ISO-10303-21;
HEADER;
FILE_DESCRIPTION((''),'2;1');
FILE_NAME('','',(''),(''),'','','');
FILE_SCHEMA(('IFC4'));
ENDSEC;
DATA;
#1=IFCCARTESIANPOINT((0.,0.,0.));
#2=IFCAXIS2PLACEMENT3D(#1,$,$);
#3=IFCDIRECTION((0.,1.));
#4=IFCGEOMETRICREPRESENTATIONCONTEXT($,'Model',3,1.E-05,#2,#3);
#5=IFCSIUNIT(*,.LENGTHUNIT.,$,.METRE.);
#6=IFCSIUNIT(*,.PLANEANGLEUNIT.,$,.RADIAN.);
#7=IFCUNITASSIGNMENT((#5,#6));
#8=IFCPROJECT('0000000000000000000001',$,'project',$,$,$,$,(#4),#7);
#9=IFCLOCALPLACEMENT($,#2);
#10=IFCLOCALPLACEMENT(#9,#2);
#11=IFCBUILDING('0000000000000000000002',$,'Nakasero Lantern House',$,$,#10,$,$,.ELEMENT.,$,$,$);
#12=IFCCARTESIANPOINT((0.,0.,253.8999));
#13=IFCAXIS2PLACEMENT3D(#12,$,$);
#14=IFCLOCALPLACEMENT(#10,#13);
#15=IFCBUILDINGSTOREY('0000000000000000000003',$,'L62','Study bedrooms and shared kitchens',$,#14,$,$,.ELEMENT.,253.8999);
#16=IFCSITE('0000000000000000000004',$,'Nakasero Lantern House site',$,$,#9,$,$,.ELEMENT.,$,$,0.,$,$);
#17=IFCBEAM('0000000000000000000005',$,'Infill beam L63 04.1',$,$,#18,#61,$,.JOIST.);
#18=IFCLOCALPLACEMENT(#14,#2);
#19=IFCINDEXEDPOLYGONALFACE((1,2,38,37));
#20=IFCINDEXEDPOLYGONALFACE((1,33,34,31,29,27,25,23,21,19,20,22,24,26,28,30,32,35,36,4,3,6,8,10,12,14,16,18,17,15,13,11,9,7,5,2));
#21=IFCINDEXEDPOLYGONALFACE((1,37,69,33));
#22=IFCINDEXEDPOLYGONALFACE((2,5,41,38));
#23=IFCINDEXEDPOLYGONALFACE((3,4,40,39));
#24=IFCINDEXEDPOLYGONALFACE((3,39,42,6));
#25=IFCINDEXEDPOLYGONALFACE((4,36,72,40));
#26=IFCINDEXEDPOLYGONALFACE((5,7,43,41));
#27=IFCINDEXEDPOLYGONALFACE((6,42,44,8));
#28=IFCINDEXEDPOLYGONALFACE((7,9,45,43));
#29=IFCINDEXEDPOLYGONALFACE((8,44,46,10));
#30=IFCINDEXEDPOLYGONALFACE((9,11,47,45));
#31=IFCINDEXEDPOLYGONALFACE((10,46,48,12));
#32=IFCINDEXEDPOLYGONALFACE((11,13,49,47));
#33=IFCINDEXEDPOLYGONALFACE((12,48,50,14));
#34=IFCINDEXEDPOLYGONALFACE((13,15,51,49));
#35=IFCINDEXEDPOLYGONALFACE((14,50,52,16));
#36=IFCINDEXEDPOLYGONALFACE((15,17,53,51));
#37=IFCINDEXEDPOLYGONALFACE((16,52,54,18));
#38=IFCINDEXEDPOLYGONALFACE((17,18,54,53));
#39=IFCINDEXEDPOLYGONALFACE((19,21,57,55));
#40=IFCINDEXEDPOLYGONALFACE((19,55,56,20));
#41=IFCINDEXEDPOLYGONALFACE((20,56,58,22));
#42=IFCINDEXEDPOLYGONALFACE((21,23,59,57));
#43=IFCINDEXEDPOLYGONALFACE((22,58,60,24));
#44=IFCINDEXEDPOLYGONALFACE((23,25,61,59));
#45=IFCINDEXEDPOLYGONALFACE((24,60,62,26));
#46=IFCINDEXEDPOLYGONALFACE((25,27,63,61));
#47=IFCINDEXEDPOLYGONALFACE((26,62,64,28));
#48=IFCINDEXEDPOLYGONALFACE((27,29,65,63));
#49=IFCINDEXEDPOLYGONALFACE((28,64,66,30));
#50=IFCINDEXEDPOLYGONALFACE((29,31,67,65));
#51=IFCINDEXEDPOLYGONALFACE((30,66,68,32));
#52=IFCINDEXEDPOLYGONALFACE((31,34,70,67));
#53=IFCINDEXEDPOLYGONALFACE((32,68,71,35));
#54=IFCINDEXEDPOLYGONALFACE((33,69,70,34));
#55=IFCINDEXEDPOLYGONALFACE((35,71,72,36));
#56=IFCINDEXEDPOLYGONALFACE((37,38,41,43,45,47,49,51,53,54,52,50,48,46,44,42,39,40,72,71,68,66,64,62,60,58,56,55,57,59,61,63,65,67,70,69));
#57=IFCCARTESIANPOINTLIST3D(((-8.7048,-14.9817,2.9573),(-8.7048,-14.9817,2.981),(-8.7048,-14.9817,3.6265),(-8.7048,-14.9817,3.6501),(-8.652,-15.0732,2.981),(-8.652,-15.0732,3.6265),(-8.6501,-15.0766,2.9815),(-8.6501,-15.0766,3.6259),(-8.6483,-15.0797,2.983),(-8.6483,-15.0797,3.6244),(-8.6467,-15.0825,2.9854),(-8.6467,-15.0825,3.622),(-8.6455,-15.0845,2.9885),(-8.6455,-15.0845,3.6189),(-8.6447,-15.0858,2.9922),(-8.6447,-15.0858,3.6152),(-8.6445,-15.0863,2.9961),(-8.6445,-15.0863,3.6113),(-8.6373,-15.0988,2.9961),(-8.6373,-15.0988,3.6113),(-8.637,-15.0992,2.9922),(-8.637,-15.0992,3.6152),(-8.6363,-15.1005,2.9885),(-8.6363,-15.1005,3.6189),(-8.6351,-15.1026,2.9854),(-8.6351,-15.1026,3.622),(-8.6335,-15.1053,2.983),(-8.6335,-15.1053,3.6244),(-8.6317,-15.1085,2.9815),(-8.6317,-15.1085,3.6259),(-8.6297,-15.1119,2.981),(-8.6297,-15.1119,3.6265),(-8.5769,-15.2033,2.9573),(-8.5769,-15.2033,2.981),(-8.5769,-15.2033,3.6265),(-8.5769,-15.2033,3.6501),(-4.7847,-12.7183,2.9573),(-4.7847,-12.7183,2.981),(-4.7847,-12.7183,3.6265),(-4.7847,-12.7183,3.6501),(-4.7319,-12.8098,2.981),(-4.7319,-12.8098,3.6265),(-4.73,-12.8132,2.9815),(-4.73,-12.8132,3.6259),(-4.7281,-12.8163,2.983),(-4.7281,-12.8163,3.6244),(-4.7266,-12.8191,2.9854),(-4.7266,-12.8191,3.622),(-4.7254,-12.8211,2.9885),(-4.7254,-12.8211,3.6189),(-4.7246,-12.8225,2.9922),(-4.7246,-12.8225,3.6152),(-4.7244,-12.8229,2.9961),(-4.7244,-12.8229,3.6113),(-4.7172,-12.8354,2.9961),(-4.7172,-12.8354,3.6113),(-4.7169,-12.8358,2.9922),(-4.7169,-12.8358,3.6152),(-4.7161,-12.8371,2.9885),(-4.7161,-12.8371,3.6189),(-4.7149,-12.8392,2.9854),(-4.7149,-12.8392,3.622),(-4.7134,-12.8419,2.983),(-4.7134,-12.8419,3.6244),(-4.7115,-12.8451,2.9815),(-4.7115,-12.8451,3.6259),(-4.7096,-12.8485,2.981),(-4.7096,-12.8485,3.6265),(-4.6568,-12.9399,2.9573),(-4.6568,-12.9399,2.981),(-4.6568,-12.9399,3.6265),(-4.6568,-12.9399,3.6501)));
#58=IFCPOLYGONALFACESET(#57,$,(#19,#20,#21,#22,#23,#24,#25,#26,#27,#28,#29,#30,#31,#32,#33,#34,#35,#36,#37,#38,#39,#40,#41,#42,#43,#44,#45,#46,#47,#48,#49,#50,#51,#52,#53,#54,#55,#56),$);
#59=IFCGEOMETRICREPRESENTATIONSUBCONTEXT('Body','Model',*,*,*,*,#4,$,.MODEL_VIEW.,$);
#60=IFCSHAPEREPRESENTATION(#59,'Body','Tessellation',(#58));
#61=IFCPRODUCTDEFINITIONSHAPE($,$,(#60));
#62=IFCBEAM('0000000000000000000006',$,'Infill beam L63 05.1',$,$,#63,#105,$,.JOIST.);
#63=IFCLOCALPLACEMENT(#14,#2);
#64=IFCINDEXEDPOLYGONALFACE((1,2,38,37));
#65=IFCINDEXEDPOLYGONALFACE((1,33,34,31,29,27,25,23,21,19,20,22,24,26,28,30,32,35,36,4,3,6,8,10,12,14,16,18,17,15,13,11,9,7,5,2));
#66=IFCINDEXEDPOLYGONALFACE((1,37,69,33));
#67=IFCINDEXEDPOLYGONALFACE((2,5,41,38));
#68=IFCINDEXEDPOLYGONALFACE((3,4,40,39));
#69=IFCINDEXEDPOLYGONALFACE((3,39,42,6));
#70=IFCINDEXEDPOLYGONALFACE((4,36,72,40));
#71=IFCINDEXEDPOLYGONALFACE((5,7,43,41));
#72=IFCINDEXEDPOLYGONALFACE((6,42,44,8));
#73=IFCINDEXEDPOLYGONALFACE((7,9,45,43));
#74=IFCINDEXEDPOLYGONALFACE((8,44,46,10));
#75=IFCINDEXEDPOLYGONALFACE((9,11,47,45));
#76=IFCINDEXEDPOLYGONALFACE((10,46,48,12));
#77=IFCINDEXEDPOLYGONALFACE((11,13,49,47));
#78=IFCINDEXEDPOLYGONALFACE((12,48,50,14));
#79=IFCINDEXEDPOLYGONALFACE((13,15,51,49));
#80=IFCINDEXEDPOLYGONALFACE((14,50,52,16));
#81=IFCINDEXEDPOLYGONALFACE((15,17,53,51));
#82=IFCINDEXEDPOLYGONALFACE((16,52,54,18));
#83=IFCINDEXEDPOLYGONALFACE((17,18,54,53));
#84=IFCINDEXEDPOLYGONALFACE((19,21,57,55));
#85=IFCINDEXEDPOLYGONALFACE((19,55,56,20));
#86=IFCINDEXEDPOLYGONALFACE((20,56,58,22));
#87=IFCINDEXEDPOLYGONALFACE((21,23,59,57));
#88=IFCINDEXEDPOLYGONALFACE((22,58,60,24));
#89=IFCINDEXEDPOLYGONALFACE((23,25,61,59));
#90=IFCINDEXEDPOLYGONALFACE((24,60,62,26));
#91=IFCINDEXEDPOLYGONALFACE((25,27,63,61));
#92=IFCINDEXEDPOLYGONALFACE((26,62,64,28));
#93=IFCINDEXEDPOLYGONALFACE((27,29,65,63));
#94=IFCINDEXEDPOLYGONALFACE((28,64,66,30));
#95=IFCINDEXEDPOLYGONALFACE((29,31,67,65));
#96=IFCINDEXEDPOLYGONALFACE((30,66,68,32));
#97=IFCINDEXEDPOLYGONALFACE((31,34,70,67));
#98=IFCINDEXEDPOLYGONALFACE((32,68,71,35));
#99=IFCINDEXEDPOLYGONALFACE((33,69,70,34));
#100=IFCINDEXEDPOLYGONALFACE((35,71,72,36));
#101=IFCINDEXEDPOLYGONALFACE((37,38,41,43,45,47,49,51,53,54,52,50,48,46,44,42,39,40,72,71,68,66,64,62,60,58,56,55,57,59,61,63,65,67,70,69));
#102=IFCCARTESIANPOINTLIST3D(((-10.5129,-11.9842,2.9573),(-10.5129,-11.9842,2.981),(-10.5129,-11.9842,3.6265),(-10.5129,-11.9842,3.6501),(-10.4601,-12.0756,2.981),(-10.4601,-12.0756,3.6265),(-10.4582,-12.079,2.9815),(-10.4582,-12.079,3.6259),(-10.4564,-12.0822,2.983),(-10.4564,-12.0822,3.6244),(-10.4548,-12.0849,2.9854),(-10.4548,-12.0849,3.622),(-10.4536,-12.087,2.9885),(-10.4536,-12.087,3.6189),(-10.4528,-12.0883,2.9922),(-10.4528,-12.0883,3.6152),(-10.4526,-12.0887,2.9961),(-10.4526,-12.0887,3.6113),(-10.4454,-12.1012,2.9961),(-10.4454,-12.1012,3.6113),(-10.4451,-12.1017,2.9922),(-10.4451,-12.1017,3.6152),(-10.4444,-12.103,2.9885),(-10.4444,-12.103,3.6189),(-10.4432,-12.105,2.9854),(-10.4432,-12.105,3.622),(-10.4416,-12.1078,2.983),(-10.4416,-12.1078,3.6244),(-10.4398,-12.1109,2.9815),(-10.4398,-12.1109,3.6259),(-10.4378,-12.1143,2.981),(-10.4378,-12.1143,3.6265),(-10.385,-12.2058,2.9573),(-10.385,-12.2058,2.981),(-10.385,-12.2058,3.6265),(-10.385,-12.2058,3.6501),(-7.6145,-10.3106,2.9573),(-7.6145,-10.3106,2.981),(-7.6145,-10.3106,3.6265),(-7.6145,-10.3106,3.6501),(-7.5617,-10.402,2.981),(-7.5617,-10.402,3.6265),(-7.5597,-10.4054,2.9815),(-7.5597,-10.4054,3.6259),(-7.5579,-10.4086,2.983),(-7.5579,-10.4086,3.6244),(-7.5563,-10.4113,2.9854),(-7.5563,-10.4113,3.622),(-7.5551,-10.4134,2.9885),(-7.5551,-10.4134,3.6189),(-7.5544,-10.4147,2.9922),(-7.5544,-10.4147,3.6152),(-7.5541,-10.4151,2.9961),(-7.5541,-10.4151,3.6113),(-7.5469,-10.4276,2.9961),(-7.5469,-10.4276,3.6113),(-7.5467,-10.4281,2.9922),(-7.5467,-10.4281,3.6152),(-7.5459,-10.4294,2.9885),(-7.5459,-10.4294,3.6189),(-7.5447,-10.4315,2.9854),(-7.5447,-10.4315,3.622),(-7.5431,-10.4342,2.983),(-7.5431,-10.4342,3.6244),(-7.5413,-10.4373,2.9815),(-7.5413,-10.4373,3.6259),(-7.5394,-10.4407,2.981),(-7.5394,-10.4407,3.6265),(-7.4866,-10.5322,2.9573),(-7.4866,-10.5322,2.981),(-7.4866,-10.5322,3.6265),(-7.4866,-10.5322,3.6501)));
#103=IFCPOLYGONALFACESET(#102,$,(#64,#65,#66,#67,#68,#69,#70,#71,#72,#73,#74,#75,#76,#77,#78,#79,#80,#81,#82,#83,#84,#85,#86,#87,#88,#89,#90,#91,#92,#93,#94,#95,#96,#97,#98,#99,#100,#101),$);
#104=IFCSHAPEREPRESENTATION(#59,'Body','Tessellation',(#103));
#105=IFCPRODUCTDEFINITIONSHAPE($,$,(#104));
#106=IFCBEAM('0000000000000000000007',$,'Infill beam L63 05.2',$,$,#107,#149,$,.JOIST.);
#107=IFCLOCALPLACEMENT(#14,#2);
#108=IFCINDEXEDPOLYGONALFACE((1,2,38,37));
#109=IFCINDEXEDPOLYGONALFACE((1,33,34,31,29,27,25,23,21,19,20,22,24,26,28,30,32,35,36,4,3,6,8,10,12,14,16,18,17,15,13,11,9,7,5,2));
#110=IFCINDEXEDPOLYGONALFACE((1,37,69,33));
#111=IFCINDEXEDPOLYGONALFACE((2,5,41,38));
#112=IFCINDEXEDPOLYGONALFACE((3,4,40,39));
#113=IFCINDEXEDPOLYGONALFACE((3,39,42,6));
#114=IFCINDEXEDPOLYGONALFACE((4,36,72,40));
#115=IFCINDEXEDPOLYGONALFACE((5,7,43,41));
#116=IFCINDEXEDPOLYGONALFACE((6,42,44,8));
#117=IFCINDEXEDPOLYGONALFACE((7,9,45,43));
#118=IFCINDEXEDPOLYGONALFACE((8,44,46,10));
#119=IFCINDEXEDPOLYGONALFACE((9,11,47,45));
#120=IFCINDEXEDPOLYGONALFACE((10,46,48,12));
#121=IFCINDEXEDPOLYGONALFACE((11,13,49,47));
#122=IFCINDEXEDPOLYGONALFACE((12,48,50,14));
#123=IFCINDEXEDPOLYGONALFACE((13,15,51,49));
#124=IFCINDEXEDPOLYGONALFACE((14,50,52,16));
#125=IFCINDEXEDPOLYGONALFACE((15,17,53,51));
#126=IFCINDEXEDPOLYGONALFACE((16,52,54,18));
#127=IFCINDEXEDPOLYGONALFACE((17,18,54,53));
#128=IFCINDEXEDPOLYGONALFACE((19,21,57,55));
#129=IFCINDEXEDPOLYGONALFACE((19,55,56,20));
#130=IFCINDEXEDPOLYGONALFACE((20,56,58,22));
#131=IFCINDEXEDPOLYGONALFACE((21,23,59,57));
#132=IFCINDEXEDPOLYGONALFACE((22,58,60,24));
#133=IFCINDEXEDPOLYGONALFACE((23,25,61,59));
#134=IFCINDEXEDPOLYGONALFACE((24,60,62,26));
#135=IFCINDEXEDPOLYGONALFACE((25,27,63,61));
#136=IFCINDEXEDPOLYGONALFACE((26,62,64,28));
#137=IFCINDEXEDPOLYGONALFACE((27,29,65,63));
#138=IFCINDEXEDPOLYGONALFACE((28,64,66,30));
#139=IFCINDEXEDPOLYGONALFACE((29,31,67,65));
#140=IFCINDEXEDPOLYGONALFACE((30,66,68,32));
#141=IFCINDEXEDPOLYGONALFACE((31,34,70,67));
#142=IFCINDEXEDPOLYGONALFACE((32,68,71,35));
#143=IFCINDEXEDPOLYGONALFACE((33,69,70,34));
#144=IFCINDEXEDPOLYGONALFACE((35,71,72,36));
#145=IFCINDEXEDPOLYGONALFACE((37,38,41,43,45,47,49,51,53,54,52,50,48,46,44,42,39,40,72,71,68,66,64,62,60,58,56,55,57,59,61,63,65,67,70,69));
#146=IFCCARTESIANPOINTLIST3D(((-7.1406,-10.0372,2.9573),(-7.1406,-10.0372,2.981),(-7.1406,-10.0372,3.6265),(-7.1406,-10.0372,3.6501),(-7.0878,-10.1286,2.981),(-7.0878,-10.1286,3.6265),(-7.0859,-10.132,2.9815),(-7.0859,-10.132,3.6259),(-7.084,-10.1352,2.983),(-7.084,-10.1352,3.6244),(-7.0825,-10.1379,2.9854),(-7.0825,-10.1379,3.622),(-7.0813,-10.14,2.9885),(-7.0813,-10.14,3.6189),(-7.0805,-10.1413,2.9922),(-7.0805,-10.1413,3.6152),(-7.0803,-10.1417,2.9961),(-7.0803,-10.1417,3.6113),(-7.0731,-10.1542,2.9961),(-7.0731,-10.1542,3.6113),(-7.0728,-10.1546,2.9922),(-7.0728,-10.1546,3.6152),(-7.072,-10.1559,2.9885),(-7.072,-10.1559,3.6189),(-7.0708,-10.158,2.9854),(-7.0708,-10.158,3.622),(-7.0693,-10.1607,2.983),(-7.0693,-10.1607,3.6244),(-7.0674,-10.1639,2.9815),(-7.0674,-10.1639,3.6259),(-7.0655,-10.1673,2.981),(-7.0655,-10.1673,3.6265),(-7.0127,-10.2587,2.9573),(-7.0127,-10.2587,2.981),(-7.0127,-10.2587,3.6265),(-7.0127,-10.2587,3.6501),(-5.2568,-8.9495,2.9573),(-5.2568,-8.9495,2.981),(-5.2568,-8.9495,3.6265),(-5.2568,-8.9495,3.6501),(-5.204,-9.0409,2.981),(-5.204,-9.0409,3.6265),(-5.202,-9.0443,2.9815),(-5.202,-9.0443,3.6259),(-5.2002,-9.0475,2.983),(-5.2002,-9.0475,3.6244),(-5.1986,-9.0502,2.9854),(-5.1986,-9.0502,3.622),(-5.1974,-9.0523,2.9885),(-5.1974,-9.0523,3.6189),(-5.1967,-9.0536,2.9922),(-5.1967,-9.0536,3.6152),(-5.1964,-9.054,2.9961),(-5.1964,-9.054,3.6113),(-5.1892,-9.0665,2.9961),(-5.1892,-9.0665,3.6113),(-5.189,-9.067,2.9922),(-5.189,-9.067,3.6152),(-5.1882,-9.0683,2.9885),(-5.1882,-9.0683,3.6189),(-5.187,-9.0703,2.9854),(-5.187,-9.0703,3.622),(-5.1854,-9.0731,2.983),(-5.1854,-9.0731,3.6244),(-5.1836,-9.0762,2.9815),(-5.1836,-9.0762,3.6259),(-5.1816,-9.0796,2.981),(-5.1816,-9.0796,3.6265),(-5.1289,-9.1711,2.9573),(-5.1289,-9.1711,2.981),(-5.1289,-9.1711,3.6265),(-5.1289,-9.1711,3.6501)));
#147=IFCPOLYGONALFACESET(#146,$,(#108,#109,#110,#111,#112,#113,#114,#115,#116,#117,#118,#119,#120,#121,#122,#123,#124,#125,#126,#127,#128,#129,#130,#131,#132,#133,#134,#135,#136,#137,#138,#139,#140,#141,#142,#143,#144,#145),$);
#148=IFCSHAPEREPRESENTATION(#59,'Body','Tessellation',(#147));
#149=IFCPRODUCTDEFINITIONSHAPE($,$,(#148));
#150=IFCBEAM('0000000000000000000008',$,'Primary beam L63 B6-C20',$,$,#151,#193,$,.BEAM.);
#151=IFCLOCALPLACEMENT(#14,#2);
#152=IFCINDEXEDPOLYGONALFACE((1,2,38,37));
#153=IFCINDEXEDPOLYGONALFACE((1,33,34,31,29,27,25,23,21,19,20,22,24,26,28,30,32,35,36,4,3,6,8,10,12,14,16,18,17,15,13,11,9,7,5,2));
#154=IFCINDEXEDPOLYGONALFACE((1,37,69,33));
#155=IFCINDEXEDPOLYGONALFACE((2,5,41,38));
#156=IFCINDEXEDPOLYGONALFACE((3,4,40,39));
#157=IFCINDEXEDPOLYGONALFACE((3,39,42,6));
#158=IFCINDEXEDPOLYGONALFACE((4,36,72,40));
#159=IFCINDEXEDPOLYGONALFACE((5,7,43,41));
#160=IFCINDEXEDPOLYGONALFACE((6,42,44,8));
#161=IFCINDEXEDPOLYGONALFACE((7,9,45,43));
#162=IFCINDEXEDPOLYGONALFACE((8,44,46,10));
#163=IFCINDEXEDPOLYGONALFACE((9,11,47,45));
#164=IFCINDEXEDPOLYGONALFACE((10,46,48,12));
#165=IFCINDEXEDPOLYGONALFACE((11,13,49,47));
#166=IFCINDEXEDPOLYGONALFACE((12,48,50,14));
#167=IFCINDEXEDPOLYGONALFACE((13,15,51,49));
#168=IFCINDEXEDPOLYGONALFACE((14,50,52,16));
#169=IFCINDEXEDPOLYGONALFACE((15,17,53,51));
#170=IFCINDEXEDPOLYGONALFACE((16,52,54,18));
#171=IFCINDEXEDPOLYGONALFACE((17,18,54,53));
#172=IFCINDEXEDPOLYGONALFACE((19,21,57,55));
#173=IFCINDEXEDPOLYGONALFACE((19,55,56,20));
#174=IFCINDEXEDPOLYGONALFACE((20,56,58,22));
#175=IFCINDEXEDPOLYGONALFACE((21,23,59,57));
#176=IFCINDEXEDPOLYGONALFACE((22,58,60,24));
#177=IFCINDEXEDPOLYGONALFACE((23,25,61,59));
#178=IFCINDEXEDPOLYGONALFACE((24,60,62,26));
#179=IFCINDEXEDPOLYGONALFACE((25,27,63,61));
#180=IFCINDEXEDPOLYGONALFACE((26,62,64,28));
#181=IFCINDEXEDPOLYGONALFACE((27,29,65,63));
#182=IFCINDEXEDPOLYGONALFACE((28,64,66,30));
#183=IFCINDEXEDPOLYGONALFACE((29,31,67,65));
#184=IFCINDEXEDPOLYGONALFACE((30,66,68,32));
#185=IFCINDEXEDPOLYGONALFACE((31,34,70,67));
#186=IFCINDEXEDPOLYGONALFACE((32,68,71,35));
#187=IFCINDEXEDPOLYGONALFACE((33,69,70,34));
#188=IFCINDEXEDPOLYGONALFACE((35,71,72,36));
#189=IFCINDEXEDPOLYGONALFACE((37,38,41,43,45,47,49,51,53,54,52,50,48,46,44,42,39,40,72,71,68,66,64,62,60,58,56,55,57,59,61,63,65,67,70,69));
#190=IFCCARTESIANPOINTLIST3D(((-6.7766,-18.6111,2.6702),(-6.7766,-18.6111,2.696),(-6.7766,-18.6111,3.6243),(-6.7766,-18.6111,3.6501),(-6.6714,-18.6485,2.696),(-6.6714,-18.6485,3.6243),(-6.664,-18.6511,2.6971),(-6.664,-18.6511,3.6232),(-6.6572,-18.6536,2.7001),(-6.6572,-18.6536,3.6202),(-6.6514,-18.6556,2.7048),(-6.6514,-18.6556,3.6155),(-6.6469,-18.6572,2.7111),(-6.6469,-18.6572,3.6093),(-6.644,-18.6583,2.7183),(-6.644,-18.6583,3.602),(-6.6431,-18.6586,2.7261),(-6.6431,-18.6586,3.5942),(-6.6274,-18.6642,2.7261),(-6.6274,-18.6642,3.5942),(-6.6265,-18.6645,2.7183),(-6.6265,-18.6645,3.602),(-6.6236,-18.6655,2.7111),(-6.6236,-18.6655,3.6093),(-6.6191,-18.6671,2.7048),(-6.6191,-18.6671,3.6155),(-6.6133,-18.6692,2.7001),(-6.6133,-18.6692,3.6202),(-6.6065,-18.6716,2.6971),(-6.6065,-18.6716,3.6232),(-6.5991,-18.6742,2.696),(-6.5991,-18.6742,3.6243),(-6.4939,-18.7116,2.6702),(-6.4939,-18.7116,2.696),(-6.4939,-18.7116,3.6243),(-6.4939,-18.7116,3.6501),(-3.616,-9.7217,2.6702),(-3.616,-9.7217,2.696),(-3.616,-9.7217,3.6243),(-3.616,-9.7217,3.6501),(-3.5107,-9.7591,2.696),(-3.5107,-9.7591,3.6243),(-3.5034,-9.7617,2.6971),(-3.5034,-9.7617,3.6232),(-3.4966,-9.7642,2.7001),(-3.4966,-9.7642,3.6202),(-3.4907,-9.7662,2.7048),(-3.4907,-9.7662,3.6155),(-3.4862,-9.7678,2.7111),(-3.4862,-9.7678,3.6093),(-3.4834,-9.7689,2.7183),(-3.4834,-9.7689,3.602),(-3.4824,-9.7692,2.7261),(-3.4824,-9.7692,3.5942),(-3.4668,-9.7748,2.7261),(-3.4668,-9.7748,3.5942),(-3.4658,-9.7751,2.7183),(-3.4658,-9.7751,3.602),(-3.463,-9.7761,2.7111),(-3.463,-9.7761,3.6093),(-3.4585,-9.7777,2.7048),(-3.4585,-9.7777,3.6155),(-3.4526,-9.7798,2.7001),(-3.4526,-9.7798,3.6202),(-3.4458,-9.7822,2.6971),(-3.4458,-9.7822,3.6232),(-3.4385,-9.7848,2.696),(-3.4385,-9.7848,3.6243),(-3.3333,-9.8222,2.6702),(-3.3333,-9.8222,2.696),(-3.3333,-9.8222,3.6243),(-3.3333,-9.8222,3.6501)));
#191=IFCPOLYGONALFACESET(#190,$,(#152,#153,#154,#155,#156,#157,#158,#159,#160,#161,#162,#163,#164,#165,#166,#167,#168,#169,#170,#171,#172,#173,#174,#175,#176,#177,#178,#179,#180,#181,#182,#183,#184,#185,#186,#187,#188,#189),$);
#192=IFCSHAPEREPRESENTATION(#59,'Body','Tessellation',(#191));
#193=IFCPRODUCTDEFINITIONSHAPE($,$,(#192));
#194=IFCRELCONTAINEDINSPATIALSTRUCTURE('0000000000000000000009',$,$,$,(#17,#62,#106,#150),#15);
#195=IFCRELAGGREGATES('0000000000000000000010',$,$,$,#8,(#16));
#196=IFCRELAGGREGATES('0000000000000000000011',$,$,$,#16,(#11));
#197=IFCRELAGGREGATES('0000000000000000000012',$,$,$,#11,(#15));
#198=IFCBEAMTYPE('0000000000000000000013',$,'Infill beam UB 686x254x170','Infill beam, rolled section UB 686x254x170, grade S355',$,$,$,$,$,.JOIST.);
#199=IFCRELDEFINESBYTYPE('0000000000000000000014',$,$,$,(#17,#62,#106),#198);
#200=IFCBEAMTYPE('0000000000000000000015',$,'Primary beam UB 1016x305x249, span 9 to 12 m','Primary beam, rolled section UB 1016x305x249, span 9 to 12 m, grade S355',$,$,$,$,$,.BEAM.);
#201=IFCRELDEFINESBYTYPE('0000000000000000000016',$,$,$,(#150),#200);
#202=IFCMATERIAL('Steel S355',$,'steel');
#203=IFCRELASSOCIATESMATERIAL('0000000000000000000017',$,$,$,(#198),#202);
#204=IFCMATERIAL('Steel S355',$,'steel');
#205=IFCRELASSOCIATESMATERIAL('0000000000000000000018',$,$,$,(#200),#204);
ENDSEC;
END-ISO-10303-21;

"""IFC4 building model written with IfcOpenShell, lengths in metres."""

from ifc_helpers import new_model, si_unit, direction, frame, origin, origin_2d, place, context, subcontext, project, spatial, i_section, extrude, material, material_profile, profile_set, type_object, element, save


model = new_model("IFC4")

# Units and contexts
model_context = context("Model", 3, precision=1e-05, world=origin(), true_north=direction((0.0, 1.0)))
body_context = subcontext(model_context, "Body", "Model", "MODEL_VIEW")
ifc_project = project(units=[si_unit("LENGTHUNIT", "METRE"), si_unit("PLANEANGLEUNIT", "RADIAN")], contexts=[model_context])

# Site, building, storey
site_placement = place(None, origin())
site = spatial("IfcSite", under=ifc_project, at=site_placement, Name="Nakasero Lantern House site", CompositionType="ELEMENT", RefElevation=0.0)
building_placement = place(site_placement, origin())
building = spatial("IfcBuilding", under=site, at=building_placement, Name="Nakasero Lantern House", CompositionType="ELEMENT")
storey_placement = place(building_placement, frame((0.0, 0.0, 253.8999)))
storey = spatial("IfcBuildingStorey", under=building, at=storey_placement, Name="L62", Description="Study bedrooms and shared kitchens", CompositionType="ELEMENT", Elevation=253.8999)

# Beams
ifc_material_1 = material(Name="Steel S355", Category="steel")
ifc_material_profile_1 = material_profile(ifc_material_1, i_section(OverallWidth=0.2559, OverallDepth=0.6929, WebThickness=0.0144, FlangeThickness=0.0237, FilletRadius=0.0151, at=origin_2d()), Name="UB 686x254x170")
ifc_profile_set_1 = profile_set([ifc_material_profile_1], Name="Steel S355")
beam_type_1 = type_object("IfcBeamType", Name="Infill beam UB 686x254x170", Description="Infill beam, rolled section UB 686x254x170, grade S355", PredefinedType="JOIST", material=ifc_profile_set_1)
beam_1_placement = place(storey_placement, frame((-8.6409, -15.0925, 3.3037), z_axis=(0.866014, 0.50002, 0.0), x_axis=(-0.50002, 0.866014, 0.0)))
element("IfcBeam", 1, at=beam_1_placement, inside=storey, type_object=beam_type_1, Name="Infill beam L63 04.1", PredefinedType="JOIST", context=body_context, shape_type="SweptSolid", body=[
    extrude(i_section(OverallWidth=0.2559, OverallDepth=0.6929, WebThickness=0.0144, FlangeThickness=0.0237, FilletRadius=0.0151, at=origin_2d()), origin(), (0.0, 0.0, 1.0), 4.5266),
])
beam_2_placement = place(storey_placement, frame((-10.449, -12.095, 3.3037), z_axis=(0.866003, 0.500038, 0.0), x_axis=(-0.500038, 0.866003, 0.0)))
element("IfcBeam", 2, at=beam_2_placement, inside=storey, type_object=beam_type_1, Name="Infill beam L63 05.1", PredefinedType="JOIST", context=body_context, shape_type="SweptSolid", body=[
    extrude(i_section(OverallWidth=0.2559, OverallDepth=0.6929, WebThickness=0.0144, FlangeThickness=0.0237, FilletRadius=0.0151, at=origin_2d()), origin(), (0.0, 0.0, 1.0), 3.3469),
])
beam_3_placement = place(storey_placement, frame((-7.0767, -10.1479, 3.3037), z_axis=(0.866017, 0.500014, 0.0), x_axis=(-0.500014, 0.866017, 0.0)))
element("IfcBeam", 3, at=beam_3_placement, inside=storey, type_object=beam_type_1, Name="Infill beam L63 05.2", PredefinedType="JOIST", context=body_context, shape_type="SweptSolid", body=[
    extrude(i_section(OverallWidth=0.2559, OverallDepth=0.6929, WebThickness=0.0144, FlangeThickness=0.0237, FilletRadius=0.0151, at=origin_2d()), origin(), (0.0, 0.0, 1.0), 2.1753),
])
ifc_material_2 = material(Name="Steel S355", Category="steel")
ifc_material_profile_2 = material_profile(ifc_material_2, i_section(OverallWidth=0.3, OverallDepth=0.98, WebThickness=0.0166, FlangeThickness=0.0259, FilletRadius=0.03, at=origin_2d()), Name="UB 1016x305x249")
ifc_profile_set_2 = profile_set([ifc_material_profile_2], Name="Steel S355")
beam_type_2 = type_object("IfcBeamType", Name="Primary beam UB 1016x305x249, span 9 to 12 m", Description="Primary beam, rolled section UB 1016x305x249, span 9 to 12 m, grade S355", PredefinedType="BEAM", material=ifc_profile_set_2)
beam_4_placement = place(storey_placement, frame((-6.6353, -18.6614, 3.1602), z_axis=(0.335007, 0.942216, 0.0), x_axis=(-0.942216, 0.335007, 0.0)))
element("IfcBeam", 4, at=beam_4_placement, inside=storey, type_object=beam_type_2, Name="Primary beam L63 B6-C20", PredefinedType="BEAM", context=body_context, shape_type="SweptSolid", body=[
    extrude(i_section(OverallWidth=0.3, OverallDepth=0.98, WebThickness=0.0166, FlangeThickness=0.0259, FilletRadius=0.03, at=origin_2d()), origin(), (0.0, 0.0, 1.0), 9.4346),
])

save(model, "model.ifc")
